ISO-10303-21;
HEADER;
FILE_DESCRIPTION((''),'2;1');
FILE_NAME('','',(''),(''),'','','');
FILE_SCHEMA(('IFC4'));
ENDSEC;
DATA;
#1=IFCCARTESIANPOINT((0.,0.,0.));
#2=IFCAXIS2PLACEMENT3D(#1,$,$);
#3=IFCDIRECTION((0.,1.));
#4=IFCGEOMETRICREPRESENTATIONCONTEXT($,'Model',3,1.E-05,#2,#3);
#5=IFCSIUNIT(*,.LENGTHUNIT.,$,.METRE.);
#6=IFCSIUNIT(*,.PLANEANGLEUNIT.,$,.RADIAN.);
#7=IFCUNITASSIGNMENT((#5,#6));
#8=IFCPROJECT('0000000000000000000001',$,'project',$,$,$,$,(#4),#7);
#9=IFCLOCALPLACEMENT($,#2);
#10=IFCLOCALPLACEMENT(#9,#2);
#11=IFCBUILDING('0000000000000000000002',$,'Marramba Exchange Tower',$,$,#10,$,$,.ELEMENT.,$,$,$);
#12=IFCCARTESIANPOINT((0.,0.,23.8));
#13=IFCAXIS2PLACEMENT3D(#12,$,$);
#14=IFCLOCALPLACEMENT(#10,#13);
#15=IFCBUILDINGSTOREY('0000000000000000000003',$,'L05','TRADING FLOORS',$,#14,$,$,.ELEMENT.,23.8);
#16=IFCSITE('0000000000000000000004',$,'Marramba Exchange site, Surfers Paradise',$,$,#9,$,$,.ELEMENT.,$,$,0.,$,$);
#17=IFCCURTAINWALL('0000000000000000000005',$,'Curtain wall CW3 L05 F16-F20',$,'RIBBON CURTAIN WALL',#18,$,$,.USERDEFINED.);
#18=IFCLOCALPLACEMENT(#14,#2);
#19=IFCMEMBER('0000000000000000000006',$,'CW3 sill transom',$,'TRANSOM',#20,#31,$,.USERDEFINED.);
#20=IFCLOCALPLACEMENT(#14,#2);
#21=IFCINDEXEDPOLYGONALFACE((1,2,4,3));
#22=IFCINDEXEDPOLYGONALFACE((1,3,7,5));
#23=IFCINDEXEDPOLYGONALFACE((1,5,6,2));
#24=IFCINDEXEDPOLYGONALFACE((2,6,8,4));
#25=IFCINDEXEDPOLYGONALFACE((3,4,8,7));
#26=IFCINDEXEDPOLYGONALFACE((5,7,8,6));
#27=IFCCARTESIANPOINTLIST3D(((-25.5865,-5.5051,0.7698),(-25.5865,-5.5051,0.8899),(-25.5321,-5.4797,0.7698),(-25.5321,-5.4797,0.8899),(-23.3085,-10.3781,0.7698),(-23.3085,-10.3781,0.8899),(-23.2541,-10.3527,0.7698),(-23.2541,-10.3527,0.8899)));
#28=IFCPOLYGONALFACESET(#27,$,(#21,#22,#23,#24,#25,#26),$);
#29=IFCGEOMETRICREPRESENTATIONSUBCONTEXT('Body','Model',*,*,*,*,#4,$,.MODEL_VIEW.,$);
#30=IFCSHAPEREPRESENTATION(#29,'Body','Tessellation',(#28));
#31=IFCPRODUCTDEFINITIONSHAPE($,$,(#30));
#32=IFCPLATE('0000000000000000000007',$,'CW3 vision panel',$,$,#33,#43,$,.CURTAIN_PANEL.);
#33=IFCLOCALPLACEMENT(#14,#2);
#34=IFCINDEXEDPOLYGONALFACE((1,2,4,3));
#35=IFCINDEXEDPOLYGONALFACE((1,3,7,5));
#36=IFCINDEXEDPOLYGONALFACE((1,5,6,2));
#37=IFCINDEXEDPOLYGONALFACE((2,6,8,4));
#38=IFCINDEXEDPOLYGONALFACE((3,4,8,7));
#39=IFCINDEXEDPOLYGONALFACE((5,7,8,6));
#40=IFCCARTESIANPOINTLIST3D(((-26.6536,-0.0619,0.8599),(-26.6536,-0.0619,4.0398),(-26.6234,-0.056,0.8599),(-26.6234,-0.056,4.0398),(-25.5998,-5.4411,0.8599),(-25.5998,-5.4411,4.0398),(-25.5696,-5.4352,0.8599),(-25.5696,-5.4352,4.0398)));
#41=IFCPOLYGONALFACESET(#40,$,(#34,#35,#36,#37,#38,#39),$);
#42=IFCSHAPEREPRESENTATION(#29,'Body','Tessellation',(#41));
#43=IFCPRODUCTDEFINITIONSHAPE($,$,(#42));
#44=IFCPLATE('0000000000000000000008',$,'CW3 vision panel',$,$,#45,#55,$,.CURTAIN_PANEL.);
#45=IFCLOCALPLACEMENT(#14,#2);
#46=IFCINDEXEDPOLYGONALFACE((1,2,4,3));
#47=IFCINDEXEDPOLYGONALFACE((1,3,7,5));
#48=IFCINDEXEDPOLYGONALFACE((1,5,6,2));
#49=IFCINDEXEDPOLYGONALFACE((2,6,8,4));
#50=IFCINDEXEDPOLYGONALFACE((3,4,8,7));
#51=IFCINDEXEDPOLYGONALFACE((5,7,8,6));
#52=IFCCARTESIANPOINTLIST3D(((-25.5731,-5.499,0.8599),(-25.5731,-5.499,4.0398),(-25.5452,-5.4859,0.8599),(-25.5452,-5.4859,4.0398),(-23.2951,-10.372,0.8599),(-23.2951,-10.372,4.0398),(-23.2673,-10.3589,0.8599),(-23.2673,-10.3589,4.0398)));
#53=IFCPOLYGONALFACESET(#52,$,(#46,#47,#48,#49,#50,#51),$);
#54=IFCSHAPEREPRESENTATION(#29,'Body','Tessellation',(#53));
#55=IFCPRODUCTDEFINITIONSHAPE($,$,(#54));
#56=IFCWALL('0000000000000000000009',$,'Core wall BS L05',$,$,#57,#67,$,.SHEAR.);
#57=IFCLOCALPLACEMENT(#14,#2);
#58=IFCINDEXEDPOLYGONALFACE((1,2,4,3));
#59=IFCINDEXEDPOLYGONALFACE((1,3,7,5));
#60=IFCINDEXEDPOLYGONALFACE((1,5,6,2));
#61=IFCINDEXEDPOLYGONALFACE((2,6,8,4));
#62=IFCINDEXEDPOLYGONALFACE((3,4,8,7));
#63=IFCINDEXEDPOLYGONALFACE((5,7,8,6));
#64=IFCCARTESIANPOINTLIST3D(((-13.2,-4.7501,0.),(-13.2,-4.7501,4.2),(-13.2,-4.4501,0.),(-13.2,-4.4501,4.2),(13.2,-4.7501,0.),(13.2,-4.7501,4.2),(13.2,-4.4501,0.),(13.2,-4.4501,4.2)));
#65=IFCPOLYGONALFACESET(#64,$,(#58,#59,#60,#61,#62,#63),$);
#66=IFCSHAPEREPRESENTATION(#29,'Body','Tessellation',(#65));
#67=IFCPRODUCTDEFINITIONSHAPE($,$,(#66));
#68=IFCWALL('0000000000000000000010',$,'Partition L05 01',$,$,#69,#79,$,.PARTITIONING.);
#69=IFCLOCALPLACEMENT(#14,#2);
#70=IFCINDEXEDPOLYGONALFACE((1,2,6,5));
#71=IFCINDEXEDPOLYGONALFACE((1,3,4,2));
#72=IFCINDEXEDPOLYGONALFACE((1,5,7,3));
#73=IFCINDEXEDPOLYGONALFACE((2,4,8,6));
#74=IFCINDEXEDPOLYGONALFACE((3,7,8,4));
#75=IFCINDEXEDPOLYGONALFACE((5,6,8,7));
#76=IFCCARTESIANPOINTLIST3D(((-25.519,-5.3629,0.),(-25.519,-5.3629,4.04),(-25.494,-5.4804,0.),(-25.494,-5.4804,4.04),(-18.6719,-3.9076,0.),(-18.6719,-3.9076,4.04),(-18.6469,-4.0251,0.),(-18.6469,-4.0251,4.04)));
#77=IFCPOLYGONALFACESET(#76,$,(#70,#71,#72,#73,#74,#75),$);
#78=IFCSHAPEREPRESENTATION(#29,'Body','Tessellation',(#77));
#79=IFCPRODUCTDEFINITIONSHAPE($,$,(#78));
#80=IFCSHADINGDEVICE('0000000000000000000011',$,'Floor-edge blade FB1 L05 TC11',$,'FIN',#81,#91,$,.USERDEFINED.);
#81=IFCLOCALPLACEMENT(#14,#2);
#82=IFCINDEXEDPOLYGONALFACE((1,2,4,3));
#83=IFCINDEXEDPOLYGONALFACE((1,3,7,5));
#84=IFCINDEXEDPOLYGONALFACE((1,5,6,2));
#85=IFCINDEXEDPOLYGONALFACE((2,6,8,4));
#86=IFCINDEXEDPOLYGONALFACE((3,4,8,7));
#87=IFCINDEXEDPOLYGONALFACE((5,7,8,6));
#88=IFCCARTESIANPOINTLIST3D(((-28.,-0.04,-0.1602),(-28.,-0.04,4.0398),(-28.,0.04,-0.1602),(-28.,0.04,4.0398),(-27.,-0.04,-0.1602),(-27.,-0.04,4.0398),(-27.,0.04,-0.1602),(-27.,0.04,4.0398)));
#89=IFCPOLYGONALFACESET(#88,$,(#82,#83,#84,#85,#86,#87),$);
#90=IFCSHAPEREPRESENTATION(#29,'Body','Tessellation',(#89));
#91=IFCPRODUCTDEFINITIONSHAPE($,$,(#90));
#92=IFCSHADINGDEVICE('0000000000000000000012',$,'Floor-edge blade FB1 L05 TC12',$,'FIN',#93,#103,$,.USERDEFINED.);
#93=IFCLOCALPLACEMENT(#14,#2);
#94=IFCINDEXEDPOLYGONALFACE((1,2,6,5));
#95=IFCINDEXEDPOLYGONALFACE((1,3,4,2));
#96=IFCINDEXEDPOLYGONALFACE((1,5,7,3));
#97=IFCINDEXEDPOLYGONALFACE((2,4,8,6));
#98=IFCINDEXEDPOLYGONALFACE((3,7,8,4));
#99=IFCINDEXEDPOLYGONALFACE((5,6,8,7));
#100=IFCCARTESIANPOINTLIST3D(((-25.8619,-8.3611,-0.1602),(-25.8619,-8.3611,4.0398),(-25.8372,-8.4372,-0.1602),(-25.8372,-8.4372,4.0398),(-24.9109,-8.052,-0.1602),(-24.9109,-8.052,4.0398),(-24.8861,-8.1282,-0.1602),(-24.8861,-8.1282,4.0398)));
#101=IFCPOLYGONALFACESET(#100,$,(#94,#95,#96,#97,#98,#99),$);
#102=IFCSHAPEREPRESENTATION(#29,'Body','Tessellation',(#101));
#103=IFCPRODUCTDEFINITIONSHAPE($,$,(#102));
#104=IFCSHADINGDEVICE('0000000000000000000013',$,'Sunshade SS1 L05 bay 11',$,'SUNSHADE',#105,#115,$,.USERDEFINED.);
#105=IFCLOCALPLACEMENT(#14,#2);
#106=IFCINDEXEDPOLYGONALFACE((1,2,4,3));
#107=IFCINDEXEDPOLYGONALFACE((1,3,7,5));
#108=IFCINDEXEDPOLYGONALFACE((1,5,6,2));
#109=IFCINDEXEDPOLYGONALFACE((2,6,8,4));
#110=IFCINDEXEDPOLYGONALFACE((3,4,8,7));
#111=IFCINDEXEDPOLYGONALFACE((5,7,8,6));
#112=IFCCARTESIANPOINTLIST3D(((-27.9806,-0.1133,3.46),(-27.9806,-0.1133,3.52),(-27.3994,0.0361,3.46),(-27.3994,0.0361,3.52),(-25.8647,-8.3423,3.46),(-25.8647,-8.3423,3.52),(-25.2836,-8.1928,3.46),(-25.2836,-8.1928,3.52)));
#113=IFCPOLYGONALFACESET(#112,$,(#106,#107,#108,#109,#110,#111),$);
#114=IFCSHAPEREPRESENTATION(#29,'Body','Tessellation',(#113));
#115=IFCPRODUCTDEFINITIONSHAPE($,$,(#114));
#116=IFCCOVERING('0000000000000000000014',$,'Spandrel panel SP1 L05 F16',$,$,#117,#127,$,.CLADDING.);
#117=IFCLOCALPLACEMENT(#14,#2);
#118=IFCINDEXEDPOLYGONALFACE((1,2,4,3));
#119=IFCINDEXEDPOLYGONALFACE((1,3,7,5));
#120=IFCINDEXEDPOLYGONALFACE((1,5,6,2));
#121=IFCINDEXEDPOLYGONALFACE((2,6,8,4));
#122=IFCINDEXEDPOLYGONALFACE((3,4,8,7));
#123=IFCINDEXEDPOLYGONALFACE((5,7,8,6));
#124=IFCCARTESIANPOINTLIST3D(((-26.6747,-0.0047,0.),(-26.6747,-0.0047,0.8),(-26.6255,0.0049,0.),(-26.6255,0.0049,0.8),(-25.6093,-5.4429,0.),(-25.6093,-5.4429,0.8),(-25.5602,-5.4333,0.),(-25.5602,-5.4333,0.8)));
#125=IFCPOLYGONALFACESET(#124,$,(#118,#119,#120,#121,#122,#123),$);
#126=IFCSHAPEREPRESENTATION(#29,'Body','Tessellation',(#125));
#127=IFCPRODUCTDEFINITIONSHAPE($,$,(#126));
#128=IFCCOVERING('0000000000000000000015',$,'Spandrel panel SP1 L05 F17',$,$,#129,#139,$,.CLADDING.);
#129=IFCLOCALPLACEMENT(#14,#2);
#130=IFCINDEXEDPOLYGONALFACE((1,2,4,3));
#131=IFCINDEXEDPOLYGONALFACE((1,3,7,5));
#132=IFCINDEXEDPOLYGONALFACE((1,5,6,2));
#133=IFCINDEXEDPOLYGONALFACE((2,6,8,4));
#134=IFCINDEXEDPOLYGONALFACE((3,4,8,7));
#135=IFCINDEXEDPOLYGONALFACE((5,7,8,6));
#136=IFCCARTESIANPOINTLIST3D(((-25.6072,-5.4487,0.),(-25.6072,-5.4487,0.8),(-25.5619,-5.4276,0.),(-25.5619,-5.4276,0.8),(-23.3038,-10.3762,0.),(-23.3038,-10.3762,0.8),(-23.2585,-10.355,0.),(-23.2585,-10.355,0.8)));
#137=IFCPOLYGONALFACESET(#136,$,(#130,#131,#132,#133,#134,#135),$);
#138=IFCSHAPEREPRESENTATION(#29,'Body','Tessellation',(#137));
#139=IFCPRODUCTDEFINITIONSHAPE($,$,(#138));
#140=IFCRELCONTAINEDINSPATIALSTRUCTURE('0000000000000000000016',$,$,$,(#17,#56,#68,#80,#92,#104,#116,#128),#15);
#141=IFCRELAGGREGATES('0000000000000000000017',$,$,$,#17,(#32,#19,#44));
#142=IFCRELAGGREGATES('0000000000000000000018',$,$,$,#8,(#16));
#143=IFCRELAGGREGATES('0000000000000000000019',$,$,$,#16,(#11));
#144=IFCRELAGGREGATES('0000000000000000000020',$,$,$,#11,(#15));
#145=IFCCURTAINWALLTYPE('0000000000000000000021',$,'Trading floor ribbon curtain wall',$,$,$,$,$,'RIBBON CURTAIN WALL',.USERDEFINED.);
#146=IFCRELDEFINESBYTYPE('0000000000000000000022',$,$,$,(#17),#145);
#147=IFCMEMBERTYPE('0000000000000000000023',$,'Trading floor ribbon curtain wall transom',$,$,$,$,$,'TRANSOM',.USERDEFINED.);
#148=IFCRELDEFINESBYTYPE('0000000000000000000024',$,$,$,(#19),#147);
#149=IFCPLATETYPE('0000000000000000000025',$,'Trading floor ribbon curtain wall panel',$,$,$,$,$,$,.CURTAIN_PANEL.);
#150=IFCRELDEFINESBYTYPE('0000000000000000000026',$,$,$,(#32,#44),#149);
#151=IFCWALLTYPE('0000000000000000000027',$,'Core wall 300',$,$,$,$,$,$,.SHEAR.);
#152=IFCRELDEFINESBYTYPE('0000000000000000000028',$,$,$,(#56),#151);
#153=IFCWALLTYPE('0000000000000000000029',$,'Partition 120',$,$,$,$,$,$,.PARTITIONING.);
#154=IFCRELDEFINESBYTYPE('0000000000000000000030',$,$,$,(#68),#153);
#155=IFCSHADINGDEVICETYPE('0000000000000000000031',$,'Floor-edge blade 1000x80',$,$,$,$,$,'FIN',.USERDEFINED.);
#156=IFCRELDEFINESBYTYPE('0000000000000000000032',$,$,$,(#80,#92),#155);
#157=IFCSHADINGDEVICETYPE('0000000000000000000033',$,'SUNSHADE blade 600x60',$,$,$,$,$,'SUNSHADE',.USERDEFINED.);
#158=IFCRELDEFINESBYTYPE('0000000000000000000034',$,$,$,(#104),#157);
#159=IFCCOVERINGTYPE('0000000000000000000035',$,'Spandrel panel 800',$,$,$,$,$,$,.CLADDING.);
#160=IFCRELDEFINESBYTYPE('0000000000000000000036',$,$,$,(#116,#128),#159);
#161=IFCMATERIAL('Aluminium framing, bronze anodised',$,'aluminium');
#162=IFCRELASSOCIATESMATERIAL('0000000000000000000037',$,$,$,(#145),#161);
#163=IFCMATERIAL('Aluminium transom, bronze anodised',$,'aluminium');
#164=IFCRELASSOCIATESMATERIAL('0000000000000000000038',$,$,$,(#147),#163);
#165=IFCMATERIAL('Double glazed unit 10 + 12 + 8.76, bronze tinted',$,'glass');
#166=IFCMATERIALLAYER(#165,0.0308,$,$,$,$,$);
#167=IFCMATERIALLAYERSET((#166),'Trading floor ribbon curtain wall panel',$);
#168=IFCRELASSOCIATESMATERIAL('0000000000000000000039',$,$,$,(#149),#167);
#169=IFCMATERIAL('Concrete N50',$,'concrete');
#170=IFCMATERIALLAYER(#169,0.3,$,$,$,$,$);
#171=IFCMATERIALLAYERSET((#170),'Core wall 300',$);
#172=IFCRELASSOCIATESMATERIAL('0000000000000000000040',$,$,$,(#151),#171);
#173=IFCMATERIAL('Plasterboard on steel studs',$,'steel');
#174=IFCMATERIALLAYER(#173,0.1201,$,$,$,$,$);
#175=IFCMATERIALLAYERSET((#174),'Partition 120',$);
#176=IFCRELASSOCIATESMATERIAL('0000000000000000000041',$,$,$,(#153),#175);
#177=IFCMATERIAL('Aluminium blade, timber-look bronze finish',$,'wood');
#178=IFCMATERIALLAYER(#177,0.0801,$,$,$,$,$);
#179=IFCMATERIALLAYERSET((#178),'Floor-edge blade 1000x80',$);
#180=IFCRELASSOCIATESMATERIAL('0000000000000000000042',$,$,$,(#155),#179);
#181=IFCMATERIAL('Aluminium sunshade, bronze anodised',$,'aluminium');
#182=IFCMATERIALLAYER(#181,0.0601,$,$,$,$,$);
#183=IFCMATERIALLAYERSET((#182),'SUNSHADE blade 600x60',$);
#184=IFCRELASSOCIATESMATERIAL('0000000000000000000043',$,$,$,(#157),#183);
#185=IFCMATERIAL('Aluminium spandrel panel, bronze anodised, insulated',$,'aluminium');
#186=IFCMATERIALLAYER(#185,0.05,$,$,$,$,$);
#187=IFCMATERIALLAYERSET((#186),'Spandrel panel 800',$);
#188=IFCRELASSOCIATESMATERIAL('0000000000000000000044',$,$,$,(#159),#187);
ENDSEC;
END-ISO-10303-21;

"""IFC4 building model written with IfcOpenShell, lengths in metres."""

from ifc_helpers import new_model, si_unit, direction, frame, frame_2d, origin, origin_2d, place, context, subcontext, project, spatial, rectangle, extrude, material, layer, layer_set, material_profile, profile_set, type_object, element, aggregate, save


model = new_model("IFC4")

# Units and contexts
model_context = context("Model", 3, precision=1e-05, world=origin(), true_north=direction((0.0, 1.0)))
body_context = subcontext(model_context, "Body", "Model", "MODEL_VIEW")
ifc_project = project(units=[si_unit("LENGTHUNIT", "METRE"), si_unit("PLANEANGLEUNIT", "RADIAN")], contexts=[model_context])

# Site, building, storey
site_placement = place(None, origin())
site = spatial("IfcSite", under=ifc_project, at=site_placement, Name="Marramba Exchange site, Surfers Paradise", CompositionType="ELEMENT", RefElevation=0.0)
building_placement = place(site_placement, origin())
building = spatial("IfcBuilding", under=site, at=building_placement, Name="Marramba Exchange Tower", CompositionType="ELEMENT")
storey_placement = place(building_placement, frame((0.0, 0.0, 23.8)))
storey = spatial("IfcBuildingStorey", under=building, at=storey_placement, Name="L05", Description="TRADING FLOORS", CompositionType="ELEMENT", Elevation=23.8)

# Shared definitions
ifc_material_1 = material(Name="Concrete N50", Category="concrete")

# Curtain wall, member, plates
ifc_material_2 = material(Name="Aluminium framing, bronze anodised", Category="aluminium")
curtain_wall_type = type_object("IfcCurtainWallType", Name="Trading floor ribbon curtain wall", ElementType="RIBBON CURTAIN WALL", PredefinedType="USERDEFINED", material=ifc_material_2)
curtain_wall_placement = place(storey_placement, origin())
curtain_wall = element("IfcCurtainWall", 1, at=curtain_wall_placement, inside=storey, type_object=curtain_wall_type, Name="Curtain wall CW3 L05 F16-F20", ObjectType="RIBBON CURTAIN WALL", PredefinedType="USERDEFINED")
ifc_material_3 = material(Name="Aluminium transom, bronze anodised", Category="aluminium")
ifc_material_profile_1 = material_profile(ifc_material_3, rectangle(XDim=0.0601, YDim=0.1201, at=origin_2d()), Name="CW3 transom 60x120")
ifc_profile_set_1 = profile_set([ifc_material_profile_1], Name="Aluminium transom, bronze anodised")
member_type_1 = type_object("IfcMemberType", Name="Trading floor ribbon curtain wall transom", ElementType="TRANSOM", PredefinedType="USERDEFINED", material=ifc_profile_set_1)
member_1_placement = place(storey_placement, frame((-25.5593, -5.4924, 0.8298), z_axis=(0.423494, -0.905899, 0.0), x_axis=(0.905899, 0.423494, 0.0)))
member_1 = element("IfcMember", 2, at=member_1_placement, type_object=member_type_1, Name="CW3 sill transom", ObjectType="TRANSOM", PredefinedType="USERDEFINED", context=body_context, shape_type="SweptSolid", body=[
    extrude(rectangle(XDim=0.0601, YDim=0.1201, at=origin_2d()), origin(), (0.0, 0.0, 1.0), 5.3792),
])
ifc_material_4 = material(Name="Double glazed unit 10 + 12 + 8.76, bronze tinted", Category="glass")
ifc_layer_1 = layer(ifc_material_4, 0.0308)
ifc_layer_set_1 = layer_set([ifc_layer_1], Name="Trading floor ribbon curtain wall panel")
plate_type = type_object("IfcPlateType", Name="Trading floor ribbon curtain wall panel", PredefinedType="CURTAIN_PANEL", material=ifc_layer_set_1)
plate_1_placement = place(storey_placement, frame((-26.1116, -2.7485, 0.8599), z_axis=(0.0, 0.0, 1.0), x_axis=(0.192249, -0.981346, 0.0)))
plate_1 = element("IfcPlate", 3, at=plate_1_placement, type_object=plate_type, Name="CW3 vision panel", PredefinedType="CURTAIN_PANEL", context=body_context, shape_type="SweptSolid", body=[
    extrude(rectangle(XDim=5.4814, YDim=0.0308, at=origin_2d()), origin(), (0.0, 0.0, 1.0), 3.1799),
])
plate_2_placement = place(storey_placement, frame((-24.4202, -7.929, 0.8599), z_axis=(0.0, 0.0, 1.0), x_axis=(0.423477, -0.905907, 0.0)))
plate_2 = element("IfcPlate", 4, at=plate_2_placement, type_object=plate_type, Name="CW3 vision panel", PredefinedType="CURTAIN_PANEL", context=body_context, shape_type="SweptSolid", body=[
    extrude(rectangle(XDim=5.3792, YDim=0.0308, at=origin_2d()), origin(), (0.0, 0.0, 1.0), 3.1799),
])
aggregate(curtain_wall, [plate_1, member_1, plate_2])

# Walls
ifc_layer_2 = layer(ifc_material_1, 0.3)
ifc_layer_set_2 = layer_set([ifc_layer_2], Name="Core wall 300")
wall_type_1 = type_object("IfcWallType", Name="Core wall 300", PredefinedType="SHEAR", material=ifc_layer_set_2)
wall_1_placement = place(storey_placement, frame((-13.2, -4.6001, 0.0), z_axis=(0.0, 0.0, 1.0), x_axis=(1.0, 0.0, 0.0)))
element("IfcWall", 5, at=wall_1_placement, inside=storey, type_object=wall_type_1, Name="Core wall BS L05", PredefinedType="SHEAR", context=body_context, shape_type="SweptSolid", body=[
    extrude(rectangle(XDim=26.3999, YDim=0.3, at=frame_2d((13.2, 0.0))), origin(), (0.0, 0.0, 1.0), 4.2),
])
ifc_material_5 = material(Name="Plasterboard on steel studs", Category="steel")
ifc_layer_3 = layer(ifc_material_5, 0.1201)
ifc_layer_set_3 = layer_set([ifc_layer_3], Name="Partition 120")
wall_type_2 = type_object("IfcWallType", Name="Partition 120", PredefinedType="PARTITIONING", material=ifc_layer_set_3)
wall_2_placement = place(storey_placement, frame((-18.6594, -3.9663, 0.0), z_axis=(0.0, 0.0, 1.0), x_axis=(-0.978149, -0.207907, 0.0)))
element("IfcWall", 6, at=wall_2_placement, inside=storey, type_object=wall_type_2, Name="Partition L05 01", PredefinedType="PARTITIONING", context=body_context, shape_type="SweptSolid", body=[
    extrude(rectangle(XDim=7.0, YDim=0.1201, at=frame_2d((3.5, 0.0))), origin(), (0.0, 0.0, 1.0), 4.04),
])

# Shading devices
ifc_material_6 = material(Name="Aluminium blade, timber-look bronze finish", Category="wood")
ifc_layer_4 = layer(ifc_material_6, 0.0801)
ifc_layer_set_4 = layer_set([ifc_layer_4], Name="Floor-edge blade 1000x80")
shading_device_type_1 = type_object("IfcShadingDeviceType", Name="Floor-edge blade 1000x80", ElementType="FIN", PredefinedType="USERDEFINED", material=ifc_layer_set_4)
for number, where, z_axis, x_axis, name in (
    (7, (-27.5, 0.0, -0.1602), (0.0, 0.0, 1.0), (-1.0, 0.0, 0.0), "Floor-edge blade FB1 L05 TC11"),
    (8, (-25.374, -8.2446, -0.1602), (0.0, 0.0, 1.0), (-0.951057, -0.309017, 0.0), "Floor-edge blade FB1 L05 TC12"),
):
    element("IfcShadingDevice", number, at=place(storey_placement, frame(where, z_axis=z_axis, x_axis=x_axis)), inside=storey, type_object=shading_device_type_1, Name=name, ObjectType="FIN", PredefinedType="USERDEFINED", context=body_context, shape_type="SweptSolid", body=[
        extrude(rectangle(XDim=1.0, YDim=0.0801, at=origin_2d()), origin(), (0.0, 0.0, 1.0), 4.2),
    ])
ifc_material_7 = material(Name="Aluminium sunshade, bronze anodised", Category="aluminium")
ifc_layer_5 = layer(ifc_material_7, 0.0601)
ifc_layer_set_5 = layer_set([ifc_layer_5], Name="SUNSHADE blade 600x60")
shading_device_type_2 = type_object("IfcShadingDeviceType", Name="SUNSHADE blade 600x60", ElementType="SUNSHADE", PredefinedType="USERDEFINED", material=ifc_layer_set_5)
shading_device_placement = place(storey_placement, frame((-26.6321, -4.1531, 3.46), z_axis=(0.0, 0.0, 1.0), x_axis=(0.249025, -0.968497, 0.0)))
element("IfcShadingDevice", 9, at=shading_device_placement, inside=storey, type_object=shading_device_type_2, Name="Sunshade SS1 L05 bay 11", ObjectType="SUNSHADE", PredefinedType="USERDEFINED", context=body_context, shape_type="SweptSolid", body=[
    extrude(rectangle(XDim=8.4966, YDim=0.6001, at=origin_2d()), origin(), (0.0, 0.0, 1.0), 0.0601),
])

# Coverings
ifc_material_8 = material(Name="Aluminium spandrel panel, bronze anodised, insulated", Category="aluminium")
ifc_layer_6 = layer(ifc_material_8, 0.05)
ifc_layer_set_6 = layer_set([ifc_layer_6], Name="Spandrel panel 800")
covering_type = type_object("IfcCoveringType", Name="Spandrel panel 800", PredefinedType="CLADDING", material=ifc_layer_set_6)
covering_1_placement = place(storey_placement, frame((-26.1174, -2.719, 0.0), z_axis=(0.0, 0.0, 1.0), x_axis=(0.192249, -0.981346, 0.0)))
element("IfcCovering", 10, at=covering_1_placement, inside=storey, type_object=covering_type, Name="Spandrel panel SP1 L05 F16", PredefinedType="CLADDING", context=body_context, shape_type="SweptSolid", body=[
    extrude(rectangle(XDim=5.5415, YDim=0.05, at=origin_2d()), origin(), (0.0, 0.0, 1.0), 0.8),
])
covering_2_placement = place(storey_placement, frame((-24.4329, -7.9019, 0.0), z_axis=(0.0, 0.0, 1.0), x_axis=(0.423477, -0.905907, 0.0)))
element("IfcCovering", 11, at=covering_2_placement, inside=storey, type_object=covering_type, Name="Spandrel panel SP1 L05 F17", PredefinedType="CLADDING", context=body_context, shape_type="SweptSolid", body=[
    extrude(rectangle(XDim=5.4392, YDim=0.05, at=origin_2d()), origin(), (0.0, 0.0, 1.0), 0.8),
])

save(model, "model.ifc")
